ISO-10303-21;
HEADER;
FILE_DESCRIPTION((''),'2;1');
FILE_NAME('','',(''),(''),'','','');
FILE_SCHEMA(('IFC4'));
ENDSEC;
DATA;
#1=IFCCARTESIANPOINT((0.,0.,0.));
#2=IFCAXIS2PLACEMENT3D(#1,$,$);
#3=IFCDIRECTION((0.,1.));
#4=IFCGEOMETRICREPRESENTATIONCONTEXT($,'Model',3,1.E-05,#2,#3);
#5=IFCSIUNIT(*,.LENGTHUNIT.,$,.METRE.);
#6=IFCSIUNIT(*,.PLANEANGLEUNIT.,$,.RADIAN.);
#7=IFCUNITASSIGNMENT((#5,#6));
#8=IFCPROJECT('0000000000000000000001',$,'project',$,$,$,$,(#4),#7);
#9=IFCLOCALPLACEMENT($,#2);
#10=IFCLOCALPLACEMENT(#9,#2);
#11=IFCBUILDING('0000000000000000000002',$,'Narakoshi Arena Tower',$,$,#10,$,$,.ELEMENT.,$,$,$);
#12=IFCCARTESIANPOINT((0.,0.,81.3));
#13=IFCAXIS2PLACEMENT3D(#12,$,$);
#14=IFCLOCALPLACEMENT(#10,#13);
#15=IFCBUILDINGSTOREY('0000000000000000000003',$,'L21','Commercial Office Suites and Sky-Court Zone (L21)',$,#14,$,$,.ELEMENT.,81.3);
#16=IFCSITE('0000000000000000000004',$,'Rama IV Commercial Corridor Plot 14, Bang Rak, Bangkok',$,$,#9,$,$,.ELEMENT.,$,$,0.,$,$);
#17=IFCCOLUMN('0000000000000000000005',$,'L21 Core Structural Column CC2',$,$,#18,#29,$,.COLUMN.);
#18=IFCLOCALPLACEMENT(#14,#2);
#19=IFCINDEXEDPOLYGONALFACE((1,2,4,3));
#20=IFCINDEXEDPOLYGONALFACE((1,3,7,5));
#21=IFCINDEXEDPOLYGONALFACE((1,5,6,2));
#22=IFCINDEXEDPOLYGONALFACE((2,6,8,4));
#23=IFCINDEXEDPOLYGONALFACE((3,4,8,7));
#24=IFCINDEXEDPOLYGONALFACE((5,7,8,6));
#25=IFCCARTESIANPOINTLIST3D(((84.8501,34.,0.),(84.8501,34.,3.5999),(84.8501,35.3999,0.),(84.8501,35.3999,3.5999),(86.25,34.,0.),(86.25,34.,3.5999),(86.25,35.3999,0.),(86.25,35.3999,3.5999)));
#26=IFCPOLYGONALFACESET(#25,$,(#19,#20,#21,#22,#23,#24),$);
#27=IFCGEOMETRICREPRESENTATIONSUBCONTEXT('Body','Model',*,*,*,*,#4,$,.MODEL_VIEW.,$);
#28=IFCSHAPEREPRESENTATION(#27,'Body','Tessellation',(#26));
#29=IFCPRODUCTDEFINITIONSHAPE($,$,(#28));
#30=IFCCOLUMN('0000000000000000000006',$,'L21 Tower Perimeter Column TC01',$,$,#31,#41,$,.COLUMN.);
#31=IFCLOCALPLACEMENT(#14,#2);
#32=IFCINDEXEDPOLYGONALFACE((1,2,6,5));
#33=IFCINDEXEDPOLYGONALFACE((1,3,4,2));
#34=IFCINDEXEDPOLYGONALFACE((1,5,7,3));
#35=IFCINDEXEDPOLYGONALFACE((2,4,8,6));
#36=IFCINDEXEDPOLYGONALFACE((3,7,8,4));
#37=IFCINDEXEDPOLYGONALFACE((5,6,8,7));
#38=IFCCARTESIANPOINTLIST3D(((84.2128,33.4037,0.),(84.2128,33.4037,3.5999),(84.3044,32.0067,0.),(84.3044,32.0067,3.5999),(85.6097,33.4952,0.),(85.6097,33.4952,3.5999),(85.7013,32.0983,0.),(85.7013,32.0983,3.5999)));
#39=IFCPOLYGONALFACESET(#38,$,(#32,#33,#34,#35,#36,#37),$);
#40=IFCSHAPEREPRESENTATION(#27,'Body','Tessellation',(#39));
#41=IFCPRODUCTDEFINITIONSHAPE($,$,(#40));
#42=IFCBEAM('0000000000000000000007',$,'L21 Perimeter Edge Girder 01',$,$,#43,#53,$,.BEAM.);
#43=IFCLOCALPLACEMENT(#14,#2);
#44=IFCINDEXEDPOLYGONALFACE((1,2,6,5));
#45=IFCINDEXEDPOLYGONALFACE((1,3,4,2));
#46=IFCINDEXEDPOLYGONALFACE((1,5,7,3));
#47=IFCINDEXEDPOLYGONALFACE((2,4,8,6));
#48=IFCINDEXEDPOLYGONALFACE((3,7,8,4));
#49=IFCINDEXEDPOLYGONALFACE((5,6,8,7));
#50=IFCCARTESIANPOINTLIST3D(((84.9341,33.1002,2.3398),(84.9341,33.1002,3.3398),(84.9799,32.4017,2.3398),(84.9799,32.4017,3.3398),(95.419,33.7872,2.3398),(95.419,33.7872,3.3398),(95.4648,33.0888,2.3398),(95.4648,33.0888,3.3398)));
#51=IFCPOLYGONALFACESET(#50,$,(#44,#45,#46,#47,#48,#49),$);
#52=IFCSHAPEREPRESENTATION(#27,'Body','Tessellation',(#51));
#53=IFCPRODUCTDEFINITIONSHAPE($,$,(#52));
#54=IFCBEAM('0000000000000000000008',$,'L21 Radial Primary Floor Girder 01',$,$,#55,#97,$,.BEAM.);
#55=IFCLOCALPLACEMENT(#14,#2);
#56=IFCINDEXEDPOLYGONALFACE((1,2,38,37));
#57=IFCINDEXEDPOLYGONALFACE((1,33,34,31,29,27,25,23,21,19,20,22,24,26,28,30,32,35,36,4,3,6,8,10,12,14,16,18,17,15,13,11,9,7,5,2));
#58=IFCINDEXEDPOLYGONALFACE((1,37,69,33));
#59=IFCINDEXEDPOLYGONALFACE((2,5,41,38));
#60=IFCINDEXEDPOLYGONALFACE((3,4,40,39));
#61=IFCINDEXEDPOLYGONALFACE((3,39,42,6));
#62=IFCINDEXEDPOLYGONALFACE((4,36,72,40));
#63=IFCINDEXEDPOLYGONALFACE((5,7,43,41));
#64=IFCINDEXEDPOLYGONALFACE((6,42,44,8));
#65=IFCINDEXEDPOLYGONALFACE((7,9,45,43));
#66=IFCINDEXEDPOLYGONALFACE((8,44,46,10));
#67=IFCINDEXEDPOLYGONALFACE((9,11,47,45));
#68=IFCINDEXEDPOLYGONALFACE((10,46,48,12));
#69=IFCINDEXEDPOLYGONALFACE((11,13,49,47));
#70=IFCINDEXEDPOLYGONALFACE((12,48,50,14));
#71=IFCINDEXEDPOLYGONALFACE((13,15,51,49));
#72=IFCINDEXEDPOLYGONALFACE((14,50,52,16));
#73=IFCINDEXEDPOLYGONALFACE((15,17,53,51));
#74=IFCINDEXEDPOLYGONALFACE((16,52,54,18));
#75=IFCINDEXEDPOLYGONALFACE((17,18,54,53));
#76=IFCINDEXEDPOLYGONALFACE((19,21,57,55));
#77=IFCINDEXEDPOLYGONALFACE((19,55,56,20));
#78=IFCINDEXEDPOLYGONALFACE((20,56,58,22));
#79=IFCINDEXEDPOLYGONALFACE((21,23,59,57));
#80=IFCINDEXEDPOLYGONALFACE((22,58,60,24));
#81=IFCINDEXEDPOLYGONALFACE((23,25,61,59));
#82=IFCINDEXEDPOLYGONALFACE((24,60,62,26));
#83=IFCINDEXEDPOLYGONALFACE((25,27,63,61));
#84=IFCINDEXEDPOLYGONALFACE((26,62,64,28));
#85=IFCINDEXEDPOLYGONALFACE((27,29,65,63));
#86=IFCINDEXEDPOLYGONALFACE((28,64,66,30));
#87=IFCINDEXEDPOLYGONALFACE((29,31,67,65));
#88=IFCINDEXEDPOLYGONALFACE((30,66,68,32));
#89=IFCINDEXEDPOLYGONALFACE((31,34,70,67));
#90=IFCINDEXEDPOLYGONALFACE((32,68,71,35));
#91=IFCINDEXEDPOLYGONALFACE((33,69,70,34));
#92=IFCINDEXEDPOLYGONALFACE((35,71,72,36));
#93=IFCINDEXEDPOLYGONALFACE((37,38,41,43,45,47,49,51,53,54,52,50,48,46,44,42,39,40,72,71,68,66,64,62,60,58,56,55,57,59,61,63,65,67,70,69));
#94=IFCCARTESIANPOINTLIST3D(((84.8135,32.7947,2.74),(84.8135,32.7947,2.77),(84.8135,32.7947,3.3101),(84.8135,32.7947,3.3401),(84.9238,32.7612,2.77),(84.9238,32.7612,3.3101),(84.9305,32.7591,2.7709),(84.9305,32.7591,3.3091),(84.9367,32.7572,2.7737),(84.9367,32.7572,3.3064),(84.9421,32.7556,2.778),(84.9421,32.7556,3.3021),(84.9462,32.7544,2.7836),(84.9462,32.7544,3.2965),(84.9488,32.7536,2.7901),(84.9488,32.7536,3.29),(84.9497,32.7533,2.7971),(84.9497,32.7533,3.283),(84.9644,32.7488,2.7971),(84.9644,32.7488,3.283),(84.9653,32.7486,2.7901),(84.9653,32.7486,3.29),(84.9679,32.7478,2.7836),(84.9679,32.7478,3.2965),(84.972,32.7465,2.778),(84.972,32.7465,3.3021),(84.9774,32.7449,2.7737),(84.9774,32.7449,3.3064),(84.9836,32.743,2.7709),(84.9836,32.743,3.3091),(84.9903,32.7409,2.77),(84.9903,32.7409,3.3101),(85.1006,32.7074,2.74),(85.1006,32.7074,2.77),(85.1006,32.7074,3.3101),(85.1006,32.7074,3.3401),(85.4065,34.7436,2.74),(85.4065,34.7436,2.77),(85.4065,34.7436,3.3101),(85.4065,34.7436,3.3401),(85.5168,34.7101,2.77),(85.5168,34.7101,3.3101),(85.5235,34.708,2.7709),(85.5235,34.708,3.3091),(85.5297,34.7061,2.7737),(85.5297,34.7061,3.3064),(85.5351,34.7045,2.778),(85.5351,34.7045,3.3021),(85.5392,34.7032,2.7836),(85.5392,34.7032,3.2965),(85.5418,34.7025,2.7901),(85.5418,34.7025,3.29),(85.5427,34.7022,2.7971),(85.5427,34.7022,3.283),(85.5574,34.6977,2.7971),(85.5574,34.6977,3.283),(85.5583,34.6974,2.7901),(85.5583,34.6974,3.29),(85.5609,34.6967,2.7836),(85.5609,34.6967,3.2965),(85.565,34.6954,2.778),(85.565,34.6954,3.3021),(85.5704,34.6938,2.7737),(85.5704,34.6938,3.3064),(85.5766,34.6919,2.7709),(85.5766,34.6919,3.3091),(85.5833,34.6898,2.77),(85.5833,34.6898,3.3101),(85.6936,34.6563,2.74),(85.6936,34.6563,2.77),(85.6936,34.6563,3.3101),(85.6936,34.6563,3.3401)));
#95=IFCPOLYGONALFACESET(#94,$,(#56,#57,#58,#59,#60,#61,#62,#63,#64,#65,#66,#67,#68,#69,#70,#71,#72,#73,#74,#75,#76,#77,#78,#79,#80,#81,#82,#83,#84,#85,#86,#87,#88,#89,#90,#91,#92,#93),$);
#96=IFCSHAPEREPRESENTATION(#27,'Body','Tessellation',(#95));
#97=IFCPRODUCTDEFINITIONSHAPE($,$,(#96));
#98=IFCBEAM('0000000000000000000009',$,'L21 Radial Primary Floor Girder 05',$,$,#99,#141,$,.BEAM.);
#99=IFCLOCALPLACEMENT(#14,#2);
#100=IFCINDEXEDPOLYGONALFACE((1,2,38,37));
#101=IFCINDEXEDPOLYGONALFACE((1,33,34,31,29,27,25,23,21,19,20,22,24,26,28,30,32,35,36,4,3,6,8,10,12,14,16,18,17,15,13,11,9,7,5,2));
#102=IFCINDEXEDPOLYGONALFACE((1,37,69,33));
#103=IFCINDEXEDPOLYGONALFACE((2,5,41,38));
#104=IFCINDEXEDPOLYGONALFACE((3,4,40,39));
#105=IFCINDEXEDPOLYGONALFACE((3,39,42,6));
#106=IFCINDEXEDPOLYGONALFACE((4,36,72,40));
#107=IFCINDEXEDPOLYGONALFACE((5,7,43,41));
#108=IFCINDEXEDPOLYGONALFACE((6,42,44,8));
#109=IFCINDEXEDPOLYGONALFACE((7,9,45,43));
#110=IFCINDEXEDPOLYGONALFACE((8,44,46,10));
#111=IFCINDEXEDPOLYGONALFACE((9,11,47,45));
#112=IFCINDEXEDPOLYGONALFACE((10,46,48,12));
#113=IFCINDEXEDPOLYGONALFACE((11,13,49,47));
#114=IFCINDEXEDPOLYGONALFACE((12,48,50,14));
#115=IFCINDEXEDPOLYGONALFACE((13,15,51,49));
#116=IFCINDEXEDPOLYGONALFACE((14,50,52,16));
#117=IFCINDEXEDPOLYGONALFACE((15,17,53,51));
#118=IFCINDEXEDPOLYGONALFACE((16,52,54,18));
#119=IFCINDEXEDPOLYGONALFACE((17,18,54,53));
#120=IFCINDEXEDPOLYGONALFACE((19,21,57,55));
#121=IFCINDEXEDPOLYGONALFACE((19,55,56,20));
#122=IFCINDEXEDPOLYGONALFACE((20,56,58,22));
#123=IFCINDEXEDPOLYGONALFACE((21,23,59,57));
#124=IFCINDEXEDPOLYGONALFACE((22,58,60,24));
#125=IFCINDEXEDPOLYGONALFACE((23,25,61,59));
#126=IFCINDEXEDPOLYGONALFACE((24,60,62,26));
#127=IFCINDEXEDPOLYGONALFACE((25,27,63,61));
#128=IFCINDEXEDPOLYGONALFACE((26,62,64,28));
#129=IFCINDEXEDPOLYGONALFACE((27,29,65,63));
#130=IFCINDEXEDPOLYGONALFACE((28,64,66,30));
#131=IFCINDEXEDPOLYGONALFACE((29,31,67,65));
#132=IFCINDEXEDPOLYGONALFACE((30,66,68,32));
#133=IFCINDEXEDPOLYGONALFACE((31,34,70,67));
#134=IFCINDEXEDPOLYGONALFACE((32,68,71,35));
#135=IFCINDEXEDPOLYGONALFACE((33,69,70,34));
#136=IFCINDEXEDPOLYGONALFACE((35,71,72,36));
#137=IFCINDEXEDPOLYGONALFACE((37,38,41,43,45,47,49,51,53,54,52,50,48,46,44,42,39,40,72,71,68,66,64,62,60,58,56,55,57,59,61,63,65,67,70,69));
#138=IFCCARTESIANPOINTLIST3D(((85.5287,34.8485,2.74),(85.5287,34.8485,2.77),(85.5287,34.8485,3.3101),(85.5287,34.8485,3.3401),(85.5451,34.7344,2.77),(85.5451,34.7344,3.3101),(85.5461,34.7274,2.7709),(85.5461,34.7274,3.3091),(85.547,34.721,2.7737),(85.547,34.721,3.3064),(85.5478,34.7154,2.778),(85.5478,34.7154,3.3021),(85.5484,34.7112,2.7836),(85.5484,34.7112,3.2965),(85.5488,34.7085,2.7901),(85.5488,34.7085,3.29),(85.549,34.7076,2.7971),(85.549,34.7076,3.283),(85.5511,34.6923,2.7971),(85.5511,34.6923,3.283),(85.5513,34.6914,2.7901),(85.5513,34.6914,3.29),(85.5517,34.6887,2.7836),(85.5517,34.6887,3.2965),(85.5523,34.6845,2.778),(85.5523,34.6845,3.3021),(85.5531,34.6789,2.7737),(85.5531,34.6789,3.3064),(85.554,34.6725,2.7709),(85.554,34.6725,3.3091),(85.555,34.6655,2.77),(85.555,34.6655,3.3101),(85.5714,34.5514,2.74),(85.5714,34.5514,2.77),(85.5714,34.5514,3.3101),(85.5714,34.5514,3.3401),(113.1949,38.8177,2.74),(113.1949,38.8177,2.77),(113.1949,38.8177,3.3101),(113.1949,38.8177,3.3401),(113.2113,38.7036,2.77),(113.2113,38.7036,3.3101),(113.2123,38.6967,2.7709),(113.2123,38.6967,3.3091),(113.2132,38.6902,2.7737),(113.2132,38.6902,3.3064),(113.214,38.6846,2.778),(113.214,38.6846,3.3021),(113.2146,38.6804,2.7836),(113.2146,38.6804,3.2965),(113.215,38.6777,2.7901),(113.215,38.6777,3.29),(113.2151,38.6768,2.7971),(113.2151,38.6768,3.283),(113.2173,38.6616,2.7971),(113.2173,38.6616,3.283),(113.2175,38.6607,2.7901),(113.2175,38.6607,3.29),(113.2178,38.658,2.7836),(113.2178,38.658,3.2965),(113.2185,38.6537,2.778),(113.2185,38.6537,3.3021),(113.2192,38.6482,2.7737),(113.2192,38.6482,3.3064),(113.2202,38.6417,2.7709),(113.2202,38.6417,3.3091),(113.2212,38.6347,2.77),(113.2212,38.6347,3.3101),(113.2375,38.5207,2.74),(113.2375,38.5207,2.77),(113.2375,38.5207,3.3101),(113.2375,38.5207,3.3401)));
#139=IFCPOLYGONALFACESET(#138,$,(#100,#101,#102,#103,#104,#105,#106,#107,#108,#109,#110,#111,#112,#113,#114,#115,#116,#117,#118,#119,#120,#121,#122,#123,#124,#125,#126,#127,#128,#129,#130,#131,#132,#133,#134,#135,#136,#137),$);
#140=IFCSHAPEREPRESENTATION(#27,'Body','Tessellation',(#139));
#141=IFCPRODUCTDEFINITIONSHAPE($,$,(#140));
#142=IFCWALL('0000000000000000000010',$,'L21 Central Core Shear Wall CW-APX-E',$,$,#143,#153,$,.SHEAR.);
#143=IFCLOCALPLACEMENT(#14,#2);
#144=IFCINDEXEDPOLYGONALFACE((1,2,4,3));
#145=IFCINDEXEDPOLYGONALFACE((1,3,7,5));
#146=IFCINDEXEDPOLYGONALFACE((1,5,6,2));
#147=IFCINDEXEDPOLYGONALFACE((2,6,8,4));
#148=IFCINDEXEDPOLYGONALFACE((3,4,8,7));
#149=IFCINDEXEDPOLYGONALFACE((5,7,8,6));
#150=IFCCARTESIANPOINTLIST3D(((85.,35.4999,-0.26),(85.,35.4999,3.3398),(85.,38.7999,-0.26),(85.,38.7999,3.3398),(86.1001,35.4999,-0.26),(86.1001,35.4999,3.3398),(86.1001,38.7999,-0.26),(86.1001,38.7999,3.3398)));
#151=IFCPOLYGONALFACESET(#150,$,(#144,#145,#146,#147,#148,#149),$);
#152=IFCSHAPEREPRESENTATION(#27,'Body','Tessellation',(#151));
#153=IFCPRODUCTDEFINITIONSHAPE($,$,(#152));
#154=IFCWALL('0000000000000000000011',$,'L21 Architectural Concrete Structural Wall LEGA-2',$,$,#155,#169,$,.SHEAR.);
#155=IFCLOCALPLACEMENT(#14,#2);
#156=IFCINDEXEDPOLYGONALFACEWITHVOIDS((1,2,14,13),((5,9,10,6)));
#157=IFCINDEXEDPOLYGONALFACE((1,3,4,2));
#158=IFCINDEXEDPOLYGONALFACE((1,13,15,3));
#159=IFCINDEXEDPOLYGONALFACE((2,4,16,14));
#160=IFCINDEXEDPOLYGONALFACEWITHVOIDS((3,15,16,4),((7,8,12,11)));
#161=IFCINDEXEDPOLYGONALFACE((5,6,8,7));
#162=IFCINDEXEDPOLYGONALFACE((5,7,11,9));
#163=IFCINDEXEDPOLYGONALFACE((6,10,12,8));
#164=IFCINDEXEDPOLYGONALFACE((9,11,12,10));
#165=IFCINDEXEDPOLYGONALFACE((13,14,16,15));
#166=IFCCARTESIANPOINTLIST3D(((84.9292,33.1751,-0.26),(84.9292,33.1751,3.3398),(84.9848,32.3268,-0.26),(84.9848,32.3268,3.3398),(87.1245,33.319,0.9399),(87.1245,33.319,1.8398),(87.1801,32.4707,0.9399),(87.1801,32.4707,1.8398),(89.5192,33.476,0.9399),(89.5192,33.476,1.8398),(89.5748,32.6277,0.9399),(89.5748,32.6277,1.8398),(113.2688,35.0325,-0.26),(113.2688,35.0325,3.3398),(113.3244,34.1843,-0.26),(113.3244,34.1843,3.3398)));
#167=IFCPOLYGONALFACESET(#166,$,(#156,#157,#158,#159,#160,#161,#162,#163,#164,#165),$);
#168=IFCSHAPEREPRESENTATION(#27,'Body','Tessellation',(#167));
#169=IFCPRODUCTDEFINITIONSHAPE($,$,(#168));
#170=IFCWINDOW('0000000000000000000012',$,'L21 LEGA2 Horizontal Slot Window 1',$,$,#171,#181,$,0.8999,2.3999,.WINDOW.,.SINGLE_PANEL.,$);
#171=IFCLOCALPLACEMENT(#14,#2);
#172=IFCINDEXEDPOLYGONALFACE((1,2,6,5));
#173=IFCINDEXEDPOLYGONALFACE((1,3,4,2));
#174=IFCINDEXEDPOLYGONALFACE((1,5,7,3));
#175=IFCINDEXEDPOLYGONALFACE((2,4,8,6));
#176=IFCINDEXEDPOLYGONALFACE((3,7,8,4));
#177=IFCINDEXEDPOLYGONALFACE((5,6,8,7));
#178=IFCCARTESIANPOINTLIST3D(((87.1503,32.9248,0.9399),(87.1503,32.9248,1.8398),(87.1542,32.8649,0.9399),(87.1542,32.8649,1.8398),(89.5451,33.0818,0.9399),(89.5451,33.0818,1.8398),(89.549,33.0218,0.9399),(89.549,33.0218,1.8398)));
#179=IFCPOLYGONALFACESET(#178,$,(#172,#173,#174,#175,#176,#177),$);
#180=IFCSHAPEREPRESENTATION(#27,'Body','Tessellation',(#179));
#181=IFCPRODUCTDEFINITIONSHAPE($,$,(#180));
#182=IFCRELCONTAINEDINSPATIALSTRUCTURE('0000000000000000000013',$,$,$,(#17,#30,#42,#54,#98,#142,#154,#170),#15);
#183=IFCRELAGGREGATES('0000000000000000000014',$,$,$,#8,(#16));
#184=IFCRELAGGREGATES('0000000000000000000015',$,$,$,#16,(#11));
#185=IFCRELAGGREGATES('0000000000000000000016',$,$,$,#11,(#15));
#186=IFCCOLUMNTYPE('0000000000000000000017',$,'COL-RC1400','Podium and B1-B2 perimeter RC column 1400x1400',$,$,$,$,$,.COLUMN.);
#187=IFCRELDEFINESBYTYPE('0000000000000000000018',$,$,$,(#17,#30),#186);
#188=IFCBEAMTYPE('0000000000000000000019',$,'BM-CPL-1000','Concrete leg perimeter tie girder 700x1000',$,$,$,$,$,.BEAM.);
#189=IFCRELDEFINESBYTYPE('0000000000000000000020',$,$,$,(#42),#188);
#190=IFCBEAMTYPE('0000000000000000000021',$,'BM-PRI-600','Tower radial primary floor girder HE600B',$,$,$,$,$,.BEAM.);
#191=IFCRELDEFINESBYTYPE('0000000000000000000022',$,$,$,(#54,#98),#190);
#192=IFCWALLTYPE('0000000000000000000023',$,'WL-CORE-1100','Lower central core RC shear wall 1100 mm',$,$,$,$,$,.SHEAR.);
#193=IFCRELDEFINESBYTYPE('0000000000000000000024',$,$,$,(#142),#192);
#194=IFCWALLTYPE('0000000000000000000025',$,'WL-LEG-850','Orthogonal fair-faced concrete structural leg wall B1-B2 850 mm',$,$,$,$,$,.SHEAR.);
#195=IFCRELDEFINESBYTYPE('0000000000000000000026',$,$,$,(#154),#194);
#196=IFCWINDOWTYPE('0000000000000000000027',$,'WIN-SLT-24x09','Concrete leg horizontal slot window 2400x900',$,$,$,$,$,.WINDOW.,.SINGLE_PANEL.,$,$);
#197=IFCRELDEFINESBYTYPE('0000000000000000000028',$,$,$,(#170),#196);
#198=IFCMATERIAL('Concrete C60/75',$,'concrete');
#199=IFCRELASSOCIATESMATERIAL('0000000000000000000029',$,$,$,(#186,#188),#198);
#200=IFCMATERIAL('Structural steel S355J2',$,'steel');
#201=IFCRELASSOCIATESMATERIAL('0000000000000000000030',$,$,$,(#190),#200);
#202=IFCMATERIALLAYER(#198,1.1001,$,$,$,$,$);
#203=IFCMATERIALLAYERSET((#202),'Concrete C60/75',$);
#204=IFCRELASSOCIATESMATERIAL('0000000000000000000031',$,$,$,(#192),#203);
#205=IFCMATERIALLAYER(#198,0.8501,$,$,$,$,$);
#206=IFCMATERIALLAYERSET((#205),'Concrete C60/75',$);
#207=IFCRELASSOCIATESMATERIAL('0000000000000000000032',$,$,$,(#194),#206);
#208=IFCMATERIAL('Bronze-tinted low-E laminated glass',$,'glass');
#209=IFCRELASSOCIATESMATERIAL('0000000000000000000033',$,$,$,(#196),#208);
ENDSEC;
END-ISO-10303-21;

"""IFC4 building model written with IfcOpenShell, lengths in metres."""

from ifc_helpers import new_model, si_unit, direction, frame, frame_2d, origin, origin_2d, place, context, subcontext, project, spatial, rectangle, i_section, extrude, material, layer, layer_set, material_profile, profile_set, type_object, element, fill, save


model = new_model("IFC4")

# Units and contexts
model_context = context("Model", 3, precision=1e-05, world=origin(), true_north=direction((0.0, 1.0)))
body_context = subcontext(model_context, "Body", "Model", "MODEL_VIEW")
ifc_project = project(units=[si_unit("LENGTHUNIT", "METRE"), si_unit("PLANEANGLEUNIT", "RADIAN")], contexts=[model_context])

# Site, building, storey
site_placement = place(None, origin())
site = spatial("IfcSite", under=ifc_project, at=site_placement, Name="Rama IV Commercial Corridor Plot 14, Bang Rak, Bangkok", CompositionType="ELEMENT", RefElevation=0.0)
building_placement = place(site_placement, origin())
building = spatial("IfcBuilding", under=site, at=building_placement, Name="Narakoshi Arena Tower", CompositionType="ELEMENT")
storey_placement = place(building_placement, frame((0.0, 0.0, 81.3)))
storey = spatial("IfcBuildingStorey", under=building, at=storey_placement, Name="L21", Description="Commercial Office Suites and Sky-Court Zone (L21)", CompositionType="ELEMENT", Elevation=81.3)

# Columns
ifc_material_1 = material(Name="Concrete C60/75", Category="concrete")
ifc_material_profile_1 = material_profile(ifc_material_1, rectangle(XDim=1.3999, YDim=1.3999, at=origin_2d()), Name="RC1400x1400")
ifc_profile_set_1 = profile_set([ifc_material_profile_1], Name="Concrete C60/75")
column_type = type_object("IfcColumnType", Name="COL-RC1400", Description="Podium and B1-B2 perimeter RC column 1400x1400", PredefinedType="COLUMN", material=ifc_profile_set_1)
for number, where, z_axis, x_axis, name in (
    (1, (85.55, 34.7, 0.0), (0.0, 0.0, 1.0), (1.0, 0.0, 0.0), "L21 Core Structural Column CC2"),
    (2, (84.957, 32.751, 0.0), (0.0, 0.0, 1.0), (0.997859, 0.065403, 0.0), "L21 Tower Perimeter Column TC01"),
):
    element("IfcColumn", number, at=place(storey_placement, frame(where, z_axis=z_axis, x_axis=x_axis)), inside=storey, type_object=column_type, Name=name, PredefinedType="COLUMN", context=body_context, shape_type="SweptSolid", body=[
        extrude(rectangle(XDim=1.3999, YDim=1.3999, at=origin_2d()), origin(), (0.0, 0.0, 1.0), 3.5999),
    ])

# Beams
ifc_material_profile_2 = material_profile(ifc_material_1, rectangle(XDim=0.7, YDim=1.0, at=origin_2d()), Name="RCB700x1000")
ifc_profile_set_2 = profile_set([ifc_material_profile_2], Name="Concrete C60/75")
beam_type_1 = type_object("IfcBeamType", Name="BM-CPL-1000", Description="Concrete leg perimeter tie girder 700x1000", PredefinedType="BEAM", material=ifc_profile_set_2)
beam_1_placement = place(storey_placement, frame((84.957, 32.751, 2.8398), z_axis=(0.99786, 0.065384, 0.0), x_axis=(-0.065384, 0.99786, 0.0)))
element("IfcBeam", 3, at=beam_1_placement, inside=storey, type_object=beam_type_1, Name="L21 Perimeter Edge Girder 01", PredefinedType="BEAM", context=body_context, shape_type="SweptSolid", body=[
    extrude(rectangle(XDim=0.7, YDim=1.0, at=origin_2d()), origin(), (0.0, 0.0, 1.0), 10.5073),
])
ifc_material_2 = material(Name="Structural steel S355J2", Category="steel")
ifc_material_profile_3 = material_profile(ifc_material_2, i_section(OverallWidth=0.3, OverallDepth=0.6001, WebThickness=0.0154, FlangeThickness=0.03, FilletRadius=0.0271, at=origin_2d()), Name="HE600B")
ifc_profile_set_3 = profile_set([ifc_material_profile_3], Name="Structural steel S355J2")
beam_type_2 = type_object("IfcBeamType", Name="BM-PRI-600", Description="Tower radial primary floor girder HE600B", PredefinedType="BEAM", material=ifc_profile_set_3)
beam_2_placement = place(storey_placement, frame((85.55, 34.7, 3.04), z_axis=(-0.291095, -0.956694, 0.0), x_axis=(0.956694, -0.291095, 0.0)))
element("IfcBeam", 4, at=beam_2_placement, inside=storey, type_object=beam_type_2, Name="L21 Radial Primary Floor Girder 01", PredefinedType="BEAM", context=body_context, shape_type="SweptSolid", body=[
    extrude(i_section(OverallWidth=0.3, OverallDepth=0.6001, WebThickness=0.0154, FlangeThickness=0.03, FilletRadius=0.0271, at=origin_2d()), origin(), (0.0, 0.0, 1.0), 2.0371),
])
beam_3_placement = place(storey_placement, frame((85.55, 34.7, 3.04), z_axis=(0.989865, 0.142014, 0.0), x_axis=(-0.142014, 0.989865, 0.0)))
element("IfcBeam", 5, at=beam_3_placement, inside=storey, type_object=beam_type_2, Name="L21 Radial Primary Floor Girder 05", PredefinedType="BEAM", context=body_context, shape_type="SweptSolid", body=[
    extrude(i_section(OverallWidth=0.3, OverallDepth=0.6001, WebThickness=0.0154, FlangeThickness=0.03, FilletRadius=0.0271, at=origin_2d()), origin(), (0.0, 0.0, 1.0), 27.9495),
])

# Wall
ifc_layer_1 = layer(ifc_material_1, 1.1001)
ifc_layer_set_1 = layer_set([ifc_layer_1], Name="Concrete C60/75")
wall_type_1 = type_object("IfcWallType", Name="WL-CORE-1100", Description="Lower central core RC shear wall 1100 mm", PredefinedType="SHEAR", material=ifc_layer_set_1)
wall_1_placement = place(storey_placement, frame((85.55, 35.5, -0.26), z_axis=(0.0, 0.0, 1.0), x_axis=(0.0, 1.0, 0.0)))
element("IfcWall", 6, at=wall_1_placement, inside=storey, type_object=wall_type_1, Name="L21 Central Core Shear Wall CW-APX-E", PredefinedType="SHEAR", context=body_context, shape_type="SweptSolid", body=[
    extrude(rectangle(XDim=3.3, YDim=1.1001, at=frame_2d((1.6499, 0.0))), origin(), (0.0, 0.0, 1.0), 3.5999),
])

# Wall, opening, window
ifc_layer_2 = layer(ifc_material_1, 0.8501)
ifc_layer_set_2 = layer_set([ifc_layer_2], Name="Concrete C60/75")
wall_type_2 = type_object("IfcWallType", Name="WL-LEG-850", Description="Orthogonal fair-faced concrete structural leg wall B1-B2 850 mm", PredefinedType="SHEAR", material=ifc_layer_set_2)
wall_2_placement = place(storey_placement, frame((84.957, 32.751, -0.26), z_axis=(0.0, 0.0, 1.0), x_axis=(0.997859, 0.065401, 0.0)))
wall_2 = element("IfcWall", 7, at=wall_2_placement, inside=storey, type_object=wall_type_2, Name="L21 Architectural Concrete Structural Wall LEGA-2", PredefinedType="SHEAR", context=body_context, shape_type="SweptSolid", body=[
    extrude(rectangle(XDim=28.4004, YDim=0.8501, at=frame_2d((14.2002, 0.0))), origin(), (0.0, 0.0, 1.0), 3.5999),
])
opening_1_placement = place(wall_2_placement, frame((2.2, 0.0, 1.2)))
opening_1 = element("IfcOpeningElement", 8, at=opening_1_placement, cuts=wall_2, PredefinedType="OPENING", context=body_context, shape_type="SweptSolid", body=[
    extrude(rectangle(XDim=2.3999, YDim=0.8999, at=frame_2d((1.2, 0.45))), frame((0.0, 0.4351, 0.0), z_axis=(0.0, -1.0, 0.0), x_axis=(1.0, 0.0, 0.0)), (0.0, 0.0, 1.0), 0.8701),
])
ifc_material_3 = material(Name="Bronze-tinted low-E laminated glass", Category="glass")
window_type = type_object("IfcWindowType", Name="WIN-SLT-24x09", Description="Concrete leg horizontal slot window 2400x900", PartitioningType="SINGLE_PANEL", PredefinedType="WINDOW", material=ifc_material_3)
window_placement = place(opening_1_placement, origin())
window = element("IfcWindow", 9, at=window_placement, inside=storey, type_object=window_type, Name="L21 LEGA2 Horizontal Slot Window 1", OverallHeight=0.8999, OverallWidth=2.3999, PartitioningType="SINGLE_PANEL", PredefinedType="WINDOW", context=body_context, shape_type="SweptSolid", body=[
    extrude(rectangle(XDim=2.3999, YDim=0.8999, at=frame_2d((1.2, 0.45))), frame((0.0, 0.03, 0.0), z_axis=(0.0, -1.0, 0.0), x_axis=(1.0, 0.0, 0.0)), (0.0, 0.0, 1.0), 0.0601),
])
fill(opening_1, window)

save(model, "model.ifc")
